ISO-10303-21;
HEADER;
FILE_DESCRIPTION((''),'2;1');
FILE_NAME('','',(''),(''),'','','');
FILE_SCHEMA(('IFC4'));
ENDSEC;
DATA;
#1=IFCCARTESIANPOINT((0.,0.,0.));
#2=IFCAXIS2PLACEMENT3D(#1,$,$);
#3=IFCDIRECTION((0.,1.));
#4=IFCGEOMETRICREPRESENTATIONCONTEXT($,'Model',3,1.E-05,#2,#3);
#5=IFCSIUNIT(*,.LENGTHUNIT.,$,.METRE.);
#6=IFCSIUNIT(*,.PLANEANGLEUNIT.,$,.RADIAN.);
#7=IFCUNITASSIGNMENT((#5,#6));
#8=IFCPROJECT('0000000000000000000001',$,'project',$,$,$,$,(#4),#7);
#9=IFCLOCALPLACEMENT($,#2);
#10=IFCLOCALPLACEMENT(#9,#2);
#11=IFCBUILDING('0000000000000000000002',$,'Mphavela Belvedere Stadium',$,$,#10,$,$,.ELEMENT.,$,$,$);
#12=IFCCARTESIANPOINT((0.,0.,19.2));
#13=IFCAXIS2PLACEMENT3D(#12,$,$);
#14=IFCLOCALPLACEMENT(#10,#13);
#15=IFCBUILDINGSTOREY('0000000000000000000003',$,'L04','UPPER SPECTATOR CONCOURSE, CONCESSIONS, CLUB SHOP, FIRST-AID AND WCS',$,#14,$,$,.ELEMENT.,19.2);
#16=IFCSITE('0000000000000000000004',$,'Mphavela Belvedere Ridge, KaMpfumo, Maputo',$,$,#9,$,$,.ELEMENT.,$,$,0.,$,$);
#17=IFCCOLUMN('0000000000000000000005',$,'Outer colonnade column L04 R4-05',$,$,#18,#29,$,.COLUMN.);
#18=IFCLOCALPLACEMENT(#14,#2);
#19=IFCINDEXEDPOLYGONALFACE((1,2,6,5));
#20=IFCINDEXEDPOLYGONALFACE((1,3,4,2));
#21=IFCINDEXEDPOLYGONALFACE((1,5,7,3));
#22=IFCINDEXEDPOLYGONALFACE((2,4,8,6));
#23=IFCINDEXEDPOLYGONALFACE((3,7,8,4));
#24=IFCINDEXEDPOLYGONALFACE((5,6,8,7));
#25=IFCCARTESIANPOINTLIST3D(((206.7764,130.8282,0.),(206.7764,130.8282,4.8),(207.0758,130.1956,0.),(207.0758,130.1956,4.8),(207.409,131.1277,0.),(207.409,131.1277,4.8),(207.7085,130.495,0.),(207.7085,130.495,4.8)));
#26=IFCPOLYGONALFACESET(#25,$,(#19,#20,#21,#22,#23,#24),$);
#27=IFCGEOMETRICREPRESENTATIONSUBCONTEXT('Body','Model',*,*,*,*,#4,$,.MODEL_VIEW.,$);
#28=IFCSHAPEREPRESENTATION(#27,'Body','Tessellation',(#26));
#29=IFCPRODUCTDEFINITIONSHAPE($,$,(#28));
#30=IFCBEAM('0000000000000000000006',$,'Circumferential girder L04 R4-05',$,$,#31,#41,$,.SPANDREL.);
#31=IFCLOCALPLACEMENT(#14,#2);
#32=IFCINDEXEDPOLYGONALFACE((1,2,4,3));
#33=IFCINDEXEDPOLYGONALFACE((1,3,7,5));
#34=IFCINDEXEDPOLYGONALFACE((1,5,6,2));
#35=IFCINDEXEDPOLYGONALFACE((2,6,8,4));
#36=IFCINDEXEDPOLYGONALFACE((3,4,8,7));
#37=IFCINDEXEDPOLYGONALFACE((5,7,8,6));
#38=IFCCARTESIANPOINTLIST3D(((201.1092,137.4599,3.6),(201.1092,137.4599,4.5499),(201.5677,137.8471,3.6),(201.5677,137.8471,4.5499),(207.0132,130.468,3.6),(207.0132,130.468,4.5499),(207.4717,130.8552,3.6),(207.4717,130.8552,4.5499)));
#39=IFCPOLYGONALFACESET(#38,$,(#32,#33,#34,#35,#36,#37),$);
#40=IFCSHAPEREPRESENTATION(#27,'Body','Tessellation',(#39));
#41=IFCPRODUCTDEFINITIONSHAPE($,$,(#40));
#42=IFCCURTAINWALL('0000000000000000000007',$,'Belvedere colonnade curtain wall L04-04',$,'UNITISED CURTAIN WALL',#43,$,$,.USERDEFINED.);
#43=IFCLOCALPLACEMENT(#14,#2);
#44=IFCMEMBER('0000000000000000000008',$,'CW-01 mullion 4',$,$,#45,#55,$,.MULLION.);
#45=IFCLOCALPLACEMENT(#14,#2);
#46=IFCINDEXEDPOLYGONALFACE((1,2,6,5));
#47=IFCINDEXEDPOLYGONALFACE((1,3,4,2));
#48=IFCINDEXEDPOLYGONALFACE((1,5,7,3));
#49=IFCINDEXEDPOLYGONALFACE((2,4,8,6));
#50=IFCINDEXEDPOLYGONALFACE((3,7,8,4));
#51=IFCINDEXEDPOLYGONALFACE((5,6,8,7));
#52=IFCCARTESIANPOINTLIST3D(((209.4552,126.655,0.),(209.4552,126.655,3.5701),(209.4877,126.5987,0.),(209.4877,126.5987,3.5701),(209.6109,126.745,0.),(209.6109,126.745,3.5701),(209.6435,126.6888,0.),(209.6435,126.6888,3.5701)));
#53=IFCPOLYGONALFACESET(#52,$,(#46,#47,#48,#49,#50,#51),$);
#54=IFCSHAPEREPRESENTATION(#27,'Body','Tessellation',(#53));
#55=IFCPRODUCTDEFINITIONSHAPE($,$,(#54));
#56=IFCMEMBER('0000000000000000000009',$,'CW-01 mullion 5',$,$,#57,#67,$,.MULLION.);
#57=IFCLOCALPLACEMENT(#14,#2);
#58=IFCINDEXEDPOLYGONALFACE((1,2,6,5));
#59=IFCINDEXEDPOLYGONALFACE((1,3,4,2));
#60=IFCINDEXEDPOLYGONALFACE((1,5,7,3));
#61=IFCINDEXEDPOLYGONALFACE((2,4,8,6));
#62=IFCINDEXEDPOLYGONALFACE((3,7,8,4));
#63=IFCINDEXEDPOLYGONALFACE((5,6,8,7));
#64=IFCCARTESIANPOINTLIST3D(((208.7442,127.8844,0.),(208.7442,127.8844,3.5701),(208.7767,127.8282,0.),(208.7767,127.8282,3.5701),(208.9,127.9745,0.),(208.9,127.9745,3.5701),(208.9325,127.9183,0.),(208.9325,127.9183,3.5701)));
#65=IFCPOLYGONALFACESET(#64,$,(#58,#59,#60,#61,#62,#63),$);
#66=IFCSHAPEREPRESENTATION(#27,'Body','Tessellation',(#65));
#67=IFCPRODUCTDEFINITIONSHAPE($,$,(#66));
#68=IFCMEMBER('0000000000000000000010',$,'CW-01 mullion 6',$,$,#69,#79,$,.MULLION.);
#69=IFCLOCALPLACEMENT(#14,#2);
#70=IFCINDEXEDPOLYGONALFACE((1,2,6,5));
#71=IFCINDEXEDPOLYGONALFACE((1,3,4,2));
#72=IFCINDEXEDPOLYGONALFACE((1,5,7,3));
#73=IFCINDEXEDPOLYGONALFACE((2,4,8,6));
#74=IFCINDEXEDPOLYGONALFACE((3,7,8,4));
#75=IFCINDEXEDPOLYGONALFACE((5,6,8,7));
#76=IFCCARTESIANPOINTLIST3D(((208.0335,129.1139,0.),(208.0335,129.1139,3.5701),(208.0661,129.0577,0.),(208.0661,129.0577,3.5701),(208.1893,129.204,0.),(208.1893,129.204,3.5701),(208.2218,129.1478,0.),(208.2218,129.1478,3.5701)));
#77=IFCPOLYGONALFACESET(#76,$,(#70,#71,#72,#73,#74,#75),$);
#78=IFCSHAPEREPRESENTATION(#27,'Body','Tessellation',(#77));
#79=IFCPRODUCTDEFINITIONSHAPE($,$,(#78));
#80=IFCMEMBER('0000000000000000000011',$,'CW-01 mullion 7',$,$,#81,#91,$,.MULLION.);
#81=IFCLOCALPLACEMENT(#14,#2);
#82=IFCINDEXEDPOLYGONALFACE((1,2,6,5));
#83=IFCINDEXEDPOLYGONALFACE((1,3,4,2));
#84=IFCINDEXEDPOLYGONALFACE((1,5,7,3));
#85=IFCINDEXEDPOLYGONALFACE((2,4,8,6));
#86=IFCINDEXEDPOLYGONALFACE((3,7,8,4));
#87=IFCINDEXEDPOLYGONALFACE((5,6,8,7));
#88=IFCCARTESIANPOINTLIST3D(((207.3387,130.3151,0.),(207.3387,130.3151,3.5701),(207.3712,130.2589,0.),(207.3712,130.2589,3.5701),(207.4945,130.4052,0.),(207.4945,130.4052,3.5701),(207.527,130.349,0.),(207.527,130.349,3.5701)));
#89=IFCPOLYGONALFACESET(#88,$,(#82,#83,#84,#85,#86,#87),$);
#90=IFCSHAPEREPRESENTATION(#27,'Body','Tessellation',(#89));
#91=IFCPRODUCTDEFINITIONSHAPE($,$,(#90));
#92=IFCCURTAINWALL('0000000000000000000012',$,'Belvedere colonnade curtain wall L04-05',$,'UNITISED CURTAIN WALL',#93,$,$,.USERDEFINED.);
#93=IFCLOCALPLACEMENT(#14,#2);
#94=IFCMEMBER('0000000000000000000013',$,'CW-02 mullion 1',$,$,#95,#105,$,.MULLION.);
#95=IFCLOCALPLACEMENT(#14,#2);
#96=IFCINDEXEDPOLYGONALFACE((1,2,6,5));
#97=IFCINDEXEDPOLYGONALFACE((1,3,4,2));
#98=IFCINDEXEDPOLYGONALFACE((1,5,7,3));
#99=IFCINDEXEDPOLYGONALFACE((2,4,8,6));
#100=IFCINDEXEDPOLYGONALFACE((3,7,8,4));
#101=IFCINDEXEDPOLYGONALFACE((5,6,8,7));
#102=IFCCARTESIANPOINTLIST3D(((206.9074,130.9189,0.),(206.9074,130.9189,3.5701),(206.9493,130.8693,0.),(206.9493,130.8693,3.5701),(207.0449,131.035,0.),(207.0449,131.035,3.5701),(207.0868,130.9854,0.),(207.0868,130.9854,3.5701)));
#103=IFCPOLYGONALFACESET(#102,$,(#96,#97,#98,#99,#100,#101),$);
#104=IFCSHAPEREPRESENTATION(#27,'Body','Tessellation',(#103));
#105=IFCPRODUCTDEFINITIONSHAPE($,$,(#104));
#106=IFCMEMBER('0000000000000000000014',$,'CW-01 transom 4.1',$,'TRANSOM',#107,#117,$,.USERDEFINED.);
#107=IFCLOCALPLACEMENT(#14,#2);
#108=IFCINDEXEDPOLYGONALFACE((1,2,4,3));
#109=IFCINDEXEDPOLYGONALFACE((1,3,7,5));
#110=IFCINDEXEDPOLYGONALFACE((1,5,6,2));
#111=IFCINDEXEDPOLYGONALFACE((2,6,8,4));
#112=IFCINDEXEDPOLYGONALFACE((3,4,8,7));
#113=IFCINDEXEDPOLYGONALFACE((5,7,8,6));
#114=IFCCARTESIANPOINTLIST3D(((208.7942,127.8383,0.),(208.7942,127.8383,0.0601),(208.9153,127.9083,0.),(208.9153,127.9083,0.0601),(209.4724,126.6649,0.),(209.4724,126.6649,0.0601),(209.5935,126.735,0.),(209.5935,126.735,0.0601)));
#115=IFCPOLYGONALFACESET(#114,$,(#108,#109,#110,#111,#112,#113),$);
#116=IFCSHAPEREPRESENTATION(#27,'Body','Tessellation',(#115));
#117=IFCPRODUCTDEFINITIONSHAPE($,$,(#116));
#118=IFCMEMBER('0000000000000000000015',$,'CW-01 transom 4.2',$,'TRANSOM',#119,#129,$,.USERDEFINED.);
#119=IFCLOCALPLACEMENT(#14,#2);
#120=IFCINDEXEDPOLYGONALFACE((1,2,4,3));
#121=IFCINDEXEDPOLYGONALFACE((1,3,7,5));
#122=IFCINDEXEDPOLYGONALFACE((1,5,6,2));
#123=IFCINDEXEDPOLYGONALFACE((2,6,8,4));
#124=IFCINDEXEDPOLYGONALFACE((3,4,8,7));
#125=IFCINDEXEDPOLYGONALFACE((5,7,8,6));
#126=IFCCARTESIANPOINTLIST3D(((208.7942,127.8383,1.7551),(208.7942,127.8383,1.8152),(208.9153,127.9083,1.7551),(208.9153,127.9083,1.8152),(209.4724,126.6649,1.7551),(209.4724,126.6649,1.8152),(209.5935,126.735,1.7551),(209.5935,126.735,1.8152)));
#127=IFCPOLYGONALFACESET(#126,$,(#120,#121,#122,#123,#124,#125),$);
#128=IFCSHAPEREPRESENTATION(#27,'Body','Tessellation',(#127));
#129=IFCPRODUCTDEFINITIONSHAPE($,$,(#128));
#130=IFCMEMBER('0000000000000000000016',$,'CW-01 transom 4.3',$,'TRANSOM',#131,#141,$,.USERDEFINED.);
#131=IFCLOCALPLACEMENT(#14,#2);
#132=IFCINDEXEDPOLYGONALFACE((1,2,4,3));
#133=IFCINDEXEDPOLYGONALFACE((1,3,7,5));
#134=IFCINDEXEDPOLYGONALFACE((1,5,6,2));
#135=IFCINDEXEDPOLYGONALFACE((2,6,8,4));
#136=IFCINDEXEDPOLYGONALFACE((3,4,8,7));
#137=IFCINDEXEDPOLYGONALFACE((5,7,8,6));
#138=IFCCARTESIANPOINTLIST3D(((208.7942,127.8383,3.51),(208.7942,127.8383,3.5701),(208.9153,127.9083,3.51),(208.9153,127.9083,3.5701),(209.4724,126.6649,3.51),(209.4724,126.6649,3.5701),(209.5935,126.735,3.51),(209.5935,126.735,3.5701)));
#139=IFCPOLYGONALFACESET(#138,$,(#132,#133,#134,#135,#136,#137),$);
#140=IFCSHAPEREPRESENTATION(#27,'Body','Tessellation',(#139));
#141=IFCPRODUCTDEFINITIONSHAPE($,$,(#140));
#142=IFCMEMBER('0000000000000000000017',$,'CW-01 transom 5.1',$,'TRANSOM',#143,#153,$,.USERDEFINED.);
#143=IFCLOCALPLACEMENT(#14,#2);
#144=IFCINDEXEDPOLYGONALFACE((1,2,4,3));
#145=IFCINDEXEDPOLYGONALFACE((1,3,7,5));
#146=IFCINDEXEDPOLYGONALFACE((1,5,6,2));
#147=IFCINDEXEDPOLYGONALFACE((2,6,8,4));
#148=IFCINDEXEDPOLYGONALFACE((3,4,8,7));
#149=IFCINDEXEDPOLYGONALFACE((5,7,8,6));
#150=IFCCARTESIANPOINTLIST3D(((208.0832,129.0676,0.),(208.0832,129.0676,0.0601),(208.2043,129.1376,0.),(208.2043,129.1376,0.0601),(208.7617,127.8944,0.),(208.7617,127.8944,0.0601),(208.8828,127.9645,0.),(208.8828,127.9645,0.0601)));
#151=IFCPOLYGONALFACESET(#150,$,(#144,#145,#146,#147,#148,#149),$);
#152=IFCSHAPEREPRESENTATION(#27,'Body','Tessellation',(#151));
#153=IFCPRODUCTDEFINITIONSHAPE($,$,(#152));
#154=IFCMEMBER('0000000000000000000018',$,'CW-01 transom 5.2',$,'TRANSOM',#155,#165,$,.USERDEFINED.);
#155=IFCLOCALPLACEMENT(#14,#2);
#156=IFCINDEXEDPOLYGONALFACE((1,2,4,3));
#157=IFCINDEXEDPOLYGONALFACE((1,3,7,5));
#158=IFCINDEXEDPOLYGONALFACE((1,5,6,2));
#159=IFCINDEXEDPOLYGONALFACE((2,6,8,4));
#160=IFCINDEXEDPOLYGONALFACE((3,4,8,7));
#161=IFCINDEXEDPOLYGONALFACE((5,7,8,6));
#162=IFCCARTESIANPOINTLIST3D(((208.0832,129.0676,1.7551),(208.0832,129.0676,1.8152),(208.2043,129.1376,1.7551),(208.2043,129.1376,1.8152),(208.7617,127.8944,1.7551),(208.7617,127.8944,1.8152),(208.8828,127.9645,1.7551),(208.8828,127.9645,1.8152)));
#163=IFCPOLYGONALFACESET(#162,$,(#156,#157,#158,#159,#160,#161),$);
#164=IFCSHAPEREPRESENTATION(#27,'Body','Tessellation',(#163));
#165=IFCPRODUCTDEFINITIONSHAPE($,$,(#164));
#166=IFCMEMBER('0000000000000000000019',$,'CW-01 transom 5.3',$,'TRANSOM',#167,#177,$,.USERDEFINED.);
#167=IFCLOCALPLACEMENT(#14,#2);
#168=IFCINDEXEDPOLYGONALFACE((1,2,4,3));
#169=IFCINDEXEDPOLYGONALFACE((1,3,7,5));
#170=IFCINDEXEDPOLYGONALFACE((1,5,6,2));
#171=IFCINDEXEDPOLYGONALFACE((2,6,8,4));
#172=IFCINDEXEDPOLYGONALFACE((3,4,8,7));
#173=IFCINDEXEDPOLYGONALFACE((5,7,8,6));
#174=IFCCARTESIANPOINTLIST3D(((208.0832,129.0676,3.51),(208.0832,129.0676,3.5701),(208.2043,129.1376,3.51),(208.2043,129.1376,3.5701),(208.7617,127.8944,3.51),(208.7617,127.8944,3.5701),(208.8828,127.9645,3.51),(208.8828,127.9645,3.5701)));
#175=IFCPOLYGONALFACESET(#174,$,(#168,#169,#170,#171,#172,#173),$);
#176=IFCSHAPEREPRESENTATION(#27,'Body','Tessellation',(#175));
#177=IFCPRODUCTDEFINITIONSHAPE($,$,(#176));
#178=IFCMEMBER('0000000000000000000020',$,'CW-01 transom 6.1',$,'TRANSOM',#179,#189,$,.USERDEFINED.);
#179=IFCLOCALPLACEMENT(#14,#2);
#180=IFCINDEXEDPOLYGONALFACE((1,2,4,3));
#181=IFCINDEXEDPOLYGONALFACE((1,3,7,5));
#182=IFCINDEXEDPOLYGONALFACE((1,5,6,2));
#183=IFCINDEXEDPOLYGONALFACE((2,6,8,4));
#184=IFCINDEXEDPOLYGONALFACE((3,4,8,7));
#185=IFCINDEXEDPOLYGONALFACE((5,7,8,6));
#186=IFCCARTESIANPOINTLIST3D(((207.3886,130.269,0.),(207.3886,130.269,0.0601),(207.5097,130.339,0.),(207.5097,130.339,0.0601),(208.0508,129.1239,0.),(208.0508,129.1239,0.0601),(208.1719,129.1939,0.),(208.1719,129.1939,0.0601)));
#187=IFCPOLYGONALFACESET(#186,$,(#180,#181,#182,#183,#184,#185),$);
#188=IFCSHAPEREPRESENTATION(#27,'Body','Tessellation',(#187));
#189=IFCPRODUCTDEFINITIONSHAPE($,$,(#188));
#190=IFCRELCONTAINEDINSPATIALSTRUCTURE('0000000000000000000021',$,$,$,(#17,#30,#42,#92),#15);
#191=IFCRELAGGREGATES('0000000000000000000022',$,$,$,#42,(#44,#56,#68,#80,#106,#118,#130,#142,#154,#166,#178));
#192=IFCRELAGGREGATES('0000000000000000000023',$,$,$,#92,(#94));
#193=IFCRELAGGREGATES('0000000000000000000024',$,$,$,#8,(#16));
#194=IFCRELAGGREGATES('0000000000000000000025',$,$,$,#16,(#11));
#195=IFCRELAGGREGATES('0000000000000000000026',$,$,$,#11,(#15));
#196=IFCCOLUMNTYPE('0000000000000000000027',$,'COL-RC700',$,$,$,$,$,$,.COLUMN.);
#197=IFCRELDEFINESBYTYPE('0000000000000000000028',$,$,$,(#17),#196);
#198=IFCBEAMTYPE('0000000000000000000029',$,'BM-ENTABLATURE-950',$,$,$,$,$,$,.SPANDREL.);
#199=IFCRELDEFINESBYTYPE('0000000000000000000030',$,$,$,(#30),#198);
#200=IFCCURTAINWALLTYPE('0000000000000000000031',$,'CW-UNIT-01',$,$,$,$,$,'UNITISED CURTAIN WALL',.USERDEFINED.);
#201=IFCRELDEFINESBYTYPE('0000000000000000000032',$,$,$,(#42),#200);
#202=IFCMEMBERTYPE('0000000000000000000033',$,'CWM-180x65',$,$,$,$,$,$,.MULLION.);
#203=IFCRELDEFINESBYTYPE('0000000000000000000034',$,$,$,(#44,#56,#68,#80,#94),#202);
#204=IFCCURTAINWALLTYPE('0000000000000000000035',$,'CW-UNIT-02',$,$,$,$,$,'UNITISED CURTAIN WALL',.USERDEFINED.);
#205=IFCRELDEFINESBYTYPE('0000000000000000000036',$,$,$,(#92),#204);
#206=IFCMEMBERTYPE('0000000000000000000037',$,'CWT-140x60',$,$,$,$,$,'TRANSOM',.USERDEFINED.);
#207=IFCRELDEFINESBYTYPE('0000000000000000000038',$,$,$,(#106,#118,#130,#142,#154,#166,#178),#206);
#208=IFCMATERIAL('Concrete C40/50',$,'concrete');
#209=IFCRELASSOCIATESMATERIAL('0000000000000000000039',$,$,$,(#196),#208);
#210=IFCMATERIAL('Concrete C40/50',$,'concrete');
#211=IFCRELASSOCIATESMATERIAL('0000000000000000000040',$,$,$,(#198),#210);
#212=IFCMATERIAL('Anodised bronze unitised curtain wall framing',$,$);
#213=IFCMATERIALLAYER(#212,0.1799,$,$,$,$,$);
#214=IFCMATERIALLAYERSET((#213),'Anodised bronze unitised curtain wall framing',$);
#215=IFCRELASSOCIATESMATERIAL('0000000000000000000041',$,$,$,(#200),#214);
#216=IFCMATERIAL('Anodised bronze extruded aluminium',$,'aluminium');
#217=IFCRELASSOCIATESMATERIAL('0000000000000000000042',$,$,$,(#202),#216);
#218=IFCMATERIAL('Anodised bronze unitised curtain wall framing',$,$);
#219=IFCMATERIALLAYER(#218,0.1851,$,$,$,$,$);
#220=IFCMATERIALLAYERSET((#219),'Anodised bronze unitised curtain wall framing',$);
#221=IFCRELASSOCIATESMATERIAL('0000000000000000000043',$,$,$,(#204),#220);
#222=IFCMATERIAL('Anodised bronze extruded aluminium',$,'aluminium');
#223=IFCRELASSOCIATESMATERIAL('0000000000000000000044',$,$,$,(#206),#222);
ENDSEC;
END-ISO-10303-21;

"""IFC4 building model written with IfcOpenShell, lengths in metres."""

from ifc_helpers import new_model, si_unit, direction, frame, origin, origin_2d, place, context, subcontext, project, spatial, rectangle, extrude, material, layer, layer_set, material_profile, profile_set, type_object, element, aggregate, save


model = new_model("IFC4")

# Units and contexts
model_context = context("Model", 3, precision=1e-05, world=origin(), true_north=direction((0.0, 1.0)))
body_context = subcontext(model_context, "Body", "Model", "MODEL_VIEW")
ifc_project = project(units=[si_unit("LENGTHUNIT", "METRE"), si_unit("PLANEANGLEUNIT", "RADIAN")], contexts=[model_context])

# Site, building, storey
site_placement = place(None, origin())
site = spatial("IfcSite", under=ifc_project, at=site_placement, Name="Mphavela Belvedere Ridge, KaMpfumo, Maputo", CompositionType="ELEMENT", RefElevation=0.0)
building_placement = place(site_placement, origin())
building = spatial("IfcBuilding", under=site, at=building_placement, Name="Mphavela Belvedere Stadium", CompositionType="ELEMENT")
storey_placement = place(building_placement, frame((0.0, 0.0, 19.2)))
storey = spatial("IfcBuildingStorey", under=building, at=storey_placement, Name="L04", Description="UPPER SPECTATOR CONCOURSE, CONCESSIONS, CLUB SHOP, FIRST-AID AND WCS", CompositionType="ELEMENT", Elevation=19.2)

# Column
ifc_material_1 = material(Name="Concrete C40/50", Category="concrete")
ifc_material_profile_1 = material_profile(ifc_material_1, rectangle(XDim=0.7, YDim=0.7, at=origin_2d()), Name="RC 700x700")
ifc_profile_set_1 = profile_set([ifc_material_profile_1], Name="Concrete C40/50")
column_type = type_object("IfcColumnType", Name="COL-RC700", PredefinedType="COLUMN", material=ifc_profile_set_1)
column_placement = place(storey_placement, frame((207.2424, 130.6616, 0.0), z_axis=(0.0, 0.0, 1.0), x_axis=(0.903859, 0.427831, 0.0)))
element("IfcColumn", 1, at=column_placement, inside=storey, type_object=column_type, Name="Outer colonnade column L04 R4-05", PredefinedType="COLUMN", context=body_context, shape_type="SweptSolid", body=[
    extrude(rectangle(XDim=0.7, YDim=0.7, at=origin_2d()), origin(), (0.0, 0.0, 1.0), 4.8),
])

# Beam
ifc_material_2 = material(Name="Concrete C40/50", Category="concrete")
ifc_material_profile_2 = material_profile(ifc_material_2, rectangle(XDim=0.6001, YDim=0.95, at=origin_2d()), Name="RC 600x950")
ifc_profile_set_2 = profile_set([ifc_material_profile_2], Name="Concrete C40/50")
beam_type = type_object("IfcBeamType", Name="BM-ENTABLATURE-950", PredefinedType="SPANDREL", material=ifc_profile_set_2)
beam_placement = place(storey_placement, frame((207.2424, 130.6616, 4.075), z_axis=(-0.645165, 0.764044, 0.0), x_axis=(-0.764044, -0.645165, 0.0)))
element("IfcBeam", 2, at=beam_placement, inside=storey, type_object=beam_type, Name="Circumferential girder L04 R4-05", PredefinedType="SPANDREL", context=body_context, shape_type="SweptSolid", body=[
    extrude(rectangle(XDim=0.6001, YDim=0.95, at=origin_2d()), origin(), (0.0, 0.0, 1.0), 9.1511),
])

# Curtain wall, members
ifc_material_3 = material(Name="Anodised bronze unitised curtain wall framing")
ifc_layer_1 = layer(ifc_material_3, 0.1799)
ifc_layer_set_1 = layer_set([ifc_layer_1], Name="Anodised bronze unitised curtain wall framing")
curtain_wall_type_1 = type_object("IfcCurtainWallType", Name="CW-UNIT-01", ElementType="UNITISED CURTAIN WALL", PredefinedType="USERDEFINED", material=ifc_layer_set_1)
curtain_wall_1_placement = place(storey_placement, origin())
curtain_wall_1 = element("IfcCurtainWall", 3, at=curtain_wall_1_placement, inside=storey, type_object=curtain_wall_type_1, Name="Belvedere colonnade curtain wall L04-04", ObjectType="UNITISED CURTAIN WALL", PredefinedType="USERDEFINED")
ifc_material_4 = material(Name="Anodised bronze extruded aluminium", Category="aluminium")
ifc_material_profile_3 = material_profile(ifc_material_4, rectangle(XDim=0.1799, YDim=0.0649, at=origin_2d()), Name="CW-MUL 180x65")
ifc_profile_set_3 = profile_set([ifc_material_profile_3], Name="Anodised bronze extruded aluminium")
member_type_1 = type_object("IfcMemberType", Name="CWM-180x65", PredefinedType="MULLION", material=ifc_profile_set_3)
member_1_placement = place(storey_placement, frame((209.5493, 126.6719, 0.0), z_axis=(0.0, 0.0, 1.0), x_axis=(-0.865704, -0.500556, 0.0)))
member_1 = element("IfcMember", 4, at=member_1_placement, type_object=member_type_1, Name="CW-01 mullion 4", PredefinedType="MULLION", context=body_context, shape_type="SweptSolid", body=[
    extrude(rectangle(XDim=0.1799, YDim=0.0649, at=origin_2d()), origin(), (0.0, 0.0, 1.0), 3.5701),
])
member_2_placement = place(storey_placement, frame((208.8384, 127.9014, 0.0), z_axis=(0.0, 0.0, 1.0), x_axis=(-0.865704, -0.500556, 0.0)))
member_2 = element("IfcMember", 5, at=member_2_placement, type_object=member_type_1, Name="CW-01 mullion 5", PredefinedType="MULLION", context=body_context, shape_type="SweptSolid", body=[
    extrude(rectangle(XDim=0.1799, YDim=0.0649, at=origin_2d()), origin(), (0.0, 0.0, 1.0), 3.5701),
])
member_3_placement = place(storey_placement, frame((208.1277, 129.1309, 0.0), z_axis=(0.0, 0.0, 1.0), x_axis=(-0.865704, -0.500556, 0.0)))
member_3 = element("IfcMember", 6, at=member_3_placement, type_object=member_type_1, Name="CW-01 mullion 6", PredefinedType="MULLION", context=body_context, shape_type="SweptSolid", body=[
    extrude(rectangle(XDim=0.1799, YDim=0.0649, at=origin_2d()), origin(), (0.0, 0.0, 1.0), 3.5701),
])
member_4_placement = place(storey_placement, frame((207.4329, 130.332, 0.0), z_axis=(0.0, 0.0, 1.0), x_axis=(-0.865704, -0.500556, 0.0)))
member_4 = element("IfcMember", 7, at=member_4_placement, type_object=member_type_1, Name="CW-01 mullion 7", PredefinedType="MULLION", context=body_context, shape_type="SweptSolid", body=[
    extrude(rectangle(XDim=0.1799, YDim=0.0649, at=origin_2d()), origin(), (0.0, 0.0, 1.0), 3.5701),
])

# Curtain wall, member
ifc_material_5 = material(Name="Anodised bronze unitised curtain wall framing")
ifc_layer_2 = layer(ifc_material_5, 0.1851)
ifc_layer_set_2 = layer_set([ifc_layer_2], Name="Anodised bronze unitised curtain wall framing")
curtain_wall_type_2 = type_object("IfcCurtainWallType", Name="CW-UNIT-02", ElementType="UNITISED CURTAIN WALL", PredefinedType="USERDEFINED", material=ifc_layer_set_2)
curtain_wall_2_placement = place(storey_placement, origin())
curtain_wall_2 = element("IfcCurtainWall", 8, at=curtain_wall_2_placement, inside=storey, type_object=curtain_wall_type_2, Name="Belvedere colonnade curtain wall L04-05", ObjectType="UNITISED CURTAIN WALL", PredefinedType="USERDEFINED")
member_5_placement = place(storey_placement, frame((206.9971, 130.9521, 0.0), z_axis=(0.0, 0.0, 1.0), x_axis=(-0.764035, -0.645175, 0.0)))
member_5 = element("IfcMember", 9, at=member_5_placement, type_object=member_type_1, Name="CW-02 mullion 1", PredefinedType="MULLION", context=body_context, shape_type="SweptSolid", body=[
    extrude(rectangle(XDim=0.1799, YDim=0.0649, at=origin_2d()), origin(), (0.0, 0.0, 1.0), 3.5701),
])

# Members
ifc_material_6 = material(Name="Anodised bronze extruded aluminium", Category="aluminium")
ifc_material_profile_4 = material_profile(ifc_material_6, rectangle(XDim=0.1399, YDim=0.0601, at=origin_2d()), Name="CW-TRN 140x60")
ifc_profile_set_4 = profile_set([ifc_material_profile_4], Name="Anodised bronze extruded aluminium")
member_type_2 = type_object("IfcMemberType", Name="CWT-140x60", ElementType="TRANSOM", PredefinedType="USERDEFINED", material=ifc_profile_set_4)
member_6_placement = place(storey_placement, frame((209.533, 126.7, 0.03), z_axis=(-0.50044, 0.865771, 0.0), x_axis=(-0.865771, -0.50044, 0.0)))
member_6 = element("IfcMember", 10, at=member_6_placement, type_object=member_type_2, Name="CW-01 transom 4.1", ObjectType="TRANSOM", PredefinedType="USERDEFINED", context=body_context, shape_type="SweptSolid", body=[
    extrude(rectangle(XDim=0.1399, YDim=0.0601, at=origin_2d()), origin(), (0.0, 0.0, 1.0), 1.3552),
])
member_7_placement = place(storey_placement, frame((209.533, 126.7, 1.7852), z_axis=(-0.50044, 0.865771, 0.0), x_axis=(-0.865771, -0.50044, 0.0)))
member_7 = element("IfcMember", 11, at=member_7_placement, type_object=member_type_2, Name="CW-01 transom 4.2", ObjectType="TRANSOM", PredefinedType="USERDEFINED", context=body_context, shape_type="SweptSolid", body=[
    extrude(rectangle(XDim=0.1399, YDim=0.0601, at=origin_2d()), origin(), (0.0, 0.0, 1.0), 1.3552),
])
member_8_placement = place(storey_placement, frame((209.533, 126.7, 3.54), z_axis=(-0.50044, 0.865771, 0.0), x_axis=(-0.865771, -0.50044, 0.0)))
member_8 = element("IfcMember", 12, at=member_8_placement, type_object=member_type_2, Name="CW-01 transom 4.3", ObjectType="TRANSOM", PredefinedType="USERDEFINED", context=body_context, shape_type="SweptSolid", body=[
    extrude(rectangle(XDim=0.1399, YDim=0.0601, at=origin_2d()), origin(), (0.0, 0.0, 1.0), 1.3552),
])
member_9_placement = place(storey_placement, frame((208.8223, 127.9294, 0.03), z_axis=(-0.500653, 0.865648, 0.0), x_axis=(-0.865648, -0.500653, 0.0)))
member_9 = element("IfcMember", 13, at=member_9_placement, type_object=member_type_2, Name="CW-01 transom 5.1", ObjectType="TRANSOM", PredefinedType="USERDEFINED", context=body_context, shape_type="SweptSolid", body=[
    extrude(rectangle(XDim=0.1399, YDim=0.0601, at=origin_2d()), origin(), (0.0, 0.0, 1.0), 1.3552),
])
member_10_placement = place(storey_placement, frame((208.8223, 127.9294, 1.7852), z_axis=(-0.500653, 0.865648, 0.0), x_axis=(-0.865648, -0.500653, 0.0)))
member_10 = element("IfcMember", 14, at=member_10_placement, type_object=member_type_2, Name="CW-01 transom 5.2", ObjectType="TRANSOM", PredefinedType="USERDEFINED", context=body_context, shape_type="SweptSolid", body=[
    extrude(rectangle(XDim=0.1399, YDim=0.0601, at=origin_2d()), origin(), (0.0, 0.0, 1.0), 1.3552),
])
member_11_placement = place(storey_placement, frame((208.8223, 127.9294, 3.54), z_axis=(-0.500653, 0.865648, 0.0), x_axis=(-0.865648, -0.500653, 0.0)))
member_11 = element("IfcMember", 15, at=member_11_placement, type_object=member_type_2, Name="CW-01 transom 5.3", ObjectType="TRANSOM", PredefinedType="USERDEFINED", context=body_context, shape_type="SweptSolid", body=[
    extrude(rectangle(XDim=0.1399, YDim=0.0601, at=origin_2d()), origin(), (0.0, 0.0, 1.0), 1.3552),
])
member_12_placement = place(storey_placement, frame((208.1113, 129.1589, 0.03), z_axis=(-0.500585, 0.865687, 0.0), x_axis=(-0.865687, -0.500585, 0.0)))
member_12 = element("IfcMember", 16, at=member_12_placement, type_object=member_type_2, Name="CW-01 transom 6.1", ObjectType="TRANSOM", PredefinedType="USERDEFINED", context=body_context, shape_type="SweptSolid", body=[
    extrude(rectangle(XDim=0.1399, YDim=0.0601, at=origin_2d()), origin(), (0.0, 0.0, 1.0), 1.3228),
])

aggregate(curtain_wall_1, [member_1, member_2, member_3, member_4, member_6, member_7, member_8, member_9, member_10, member_11, member_12])
aggregate(curtain_wall_2, [member_5])

save(model, "model.ifc")
